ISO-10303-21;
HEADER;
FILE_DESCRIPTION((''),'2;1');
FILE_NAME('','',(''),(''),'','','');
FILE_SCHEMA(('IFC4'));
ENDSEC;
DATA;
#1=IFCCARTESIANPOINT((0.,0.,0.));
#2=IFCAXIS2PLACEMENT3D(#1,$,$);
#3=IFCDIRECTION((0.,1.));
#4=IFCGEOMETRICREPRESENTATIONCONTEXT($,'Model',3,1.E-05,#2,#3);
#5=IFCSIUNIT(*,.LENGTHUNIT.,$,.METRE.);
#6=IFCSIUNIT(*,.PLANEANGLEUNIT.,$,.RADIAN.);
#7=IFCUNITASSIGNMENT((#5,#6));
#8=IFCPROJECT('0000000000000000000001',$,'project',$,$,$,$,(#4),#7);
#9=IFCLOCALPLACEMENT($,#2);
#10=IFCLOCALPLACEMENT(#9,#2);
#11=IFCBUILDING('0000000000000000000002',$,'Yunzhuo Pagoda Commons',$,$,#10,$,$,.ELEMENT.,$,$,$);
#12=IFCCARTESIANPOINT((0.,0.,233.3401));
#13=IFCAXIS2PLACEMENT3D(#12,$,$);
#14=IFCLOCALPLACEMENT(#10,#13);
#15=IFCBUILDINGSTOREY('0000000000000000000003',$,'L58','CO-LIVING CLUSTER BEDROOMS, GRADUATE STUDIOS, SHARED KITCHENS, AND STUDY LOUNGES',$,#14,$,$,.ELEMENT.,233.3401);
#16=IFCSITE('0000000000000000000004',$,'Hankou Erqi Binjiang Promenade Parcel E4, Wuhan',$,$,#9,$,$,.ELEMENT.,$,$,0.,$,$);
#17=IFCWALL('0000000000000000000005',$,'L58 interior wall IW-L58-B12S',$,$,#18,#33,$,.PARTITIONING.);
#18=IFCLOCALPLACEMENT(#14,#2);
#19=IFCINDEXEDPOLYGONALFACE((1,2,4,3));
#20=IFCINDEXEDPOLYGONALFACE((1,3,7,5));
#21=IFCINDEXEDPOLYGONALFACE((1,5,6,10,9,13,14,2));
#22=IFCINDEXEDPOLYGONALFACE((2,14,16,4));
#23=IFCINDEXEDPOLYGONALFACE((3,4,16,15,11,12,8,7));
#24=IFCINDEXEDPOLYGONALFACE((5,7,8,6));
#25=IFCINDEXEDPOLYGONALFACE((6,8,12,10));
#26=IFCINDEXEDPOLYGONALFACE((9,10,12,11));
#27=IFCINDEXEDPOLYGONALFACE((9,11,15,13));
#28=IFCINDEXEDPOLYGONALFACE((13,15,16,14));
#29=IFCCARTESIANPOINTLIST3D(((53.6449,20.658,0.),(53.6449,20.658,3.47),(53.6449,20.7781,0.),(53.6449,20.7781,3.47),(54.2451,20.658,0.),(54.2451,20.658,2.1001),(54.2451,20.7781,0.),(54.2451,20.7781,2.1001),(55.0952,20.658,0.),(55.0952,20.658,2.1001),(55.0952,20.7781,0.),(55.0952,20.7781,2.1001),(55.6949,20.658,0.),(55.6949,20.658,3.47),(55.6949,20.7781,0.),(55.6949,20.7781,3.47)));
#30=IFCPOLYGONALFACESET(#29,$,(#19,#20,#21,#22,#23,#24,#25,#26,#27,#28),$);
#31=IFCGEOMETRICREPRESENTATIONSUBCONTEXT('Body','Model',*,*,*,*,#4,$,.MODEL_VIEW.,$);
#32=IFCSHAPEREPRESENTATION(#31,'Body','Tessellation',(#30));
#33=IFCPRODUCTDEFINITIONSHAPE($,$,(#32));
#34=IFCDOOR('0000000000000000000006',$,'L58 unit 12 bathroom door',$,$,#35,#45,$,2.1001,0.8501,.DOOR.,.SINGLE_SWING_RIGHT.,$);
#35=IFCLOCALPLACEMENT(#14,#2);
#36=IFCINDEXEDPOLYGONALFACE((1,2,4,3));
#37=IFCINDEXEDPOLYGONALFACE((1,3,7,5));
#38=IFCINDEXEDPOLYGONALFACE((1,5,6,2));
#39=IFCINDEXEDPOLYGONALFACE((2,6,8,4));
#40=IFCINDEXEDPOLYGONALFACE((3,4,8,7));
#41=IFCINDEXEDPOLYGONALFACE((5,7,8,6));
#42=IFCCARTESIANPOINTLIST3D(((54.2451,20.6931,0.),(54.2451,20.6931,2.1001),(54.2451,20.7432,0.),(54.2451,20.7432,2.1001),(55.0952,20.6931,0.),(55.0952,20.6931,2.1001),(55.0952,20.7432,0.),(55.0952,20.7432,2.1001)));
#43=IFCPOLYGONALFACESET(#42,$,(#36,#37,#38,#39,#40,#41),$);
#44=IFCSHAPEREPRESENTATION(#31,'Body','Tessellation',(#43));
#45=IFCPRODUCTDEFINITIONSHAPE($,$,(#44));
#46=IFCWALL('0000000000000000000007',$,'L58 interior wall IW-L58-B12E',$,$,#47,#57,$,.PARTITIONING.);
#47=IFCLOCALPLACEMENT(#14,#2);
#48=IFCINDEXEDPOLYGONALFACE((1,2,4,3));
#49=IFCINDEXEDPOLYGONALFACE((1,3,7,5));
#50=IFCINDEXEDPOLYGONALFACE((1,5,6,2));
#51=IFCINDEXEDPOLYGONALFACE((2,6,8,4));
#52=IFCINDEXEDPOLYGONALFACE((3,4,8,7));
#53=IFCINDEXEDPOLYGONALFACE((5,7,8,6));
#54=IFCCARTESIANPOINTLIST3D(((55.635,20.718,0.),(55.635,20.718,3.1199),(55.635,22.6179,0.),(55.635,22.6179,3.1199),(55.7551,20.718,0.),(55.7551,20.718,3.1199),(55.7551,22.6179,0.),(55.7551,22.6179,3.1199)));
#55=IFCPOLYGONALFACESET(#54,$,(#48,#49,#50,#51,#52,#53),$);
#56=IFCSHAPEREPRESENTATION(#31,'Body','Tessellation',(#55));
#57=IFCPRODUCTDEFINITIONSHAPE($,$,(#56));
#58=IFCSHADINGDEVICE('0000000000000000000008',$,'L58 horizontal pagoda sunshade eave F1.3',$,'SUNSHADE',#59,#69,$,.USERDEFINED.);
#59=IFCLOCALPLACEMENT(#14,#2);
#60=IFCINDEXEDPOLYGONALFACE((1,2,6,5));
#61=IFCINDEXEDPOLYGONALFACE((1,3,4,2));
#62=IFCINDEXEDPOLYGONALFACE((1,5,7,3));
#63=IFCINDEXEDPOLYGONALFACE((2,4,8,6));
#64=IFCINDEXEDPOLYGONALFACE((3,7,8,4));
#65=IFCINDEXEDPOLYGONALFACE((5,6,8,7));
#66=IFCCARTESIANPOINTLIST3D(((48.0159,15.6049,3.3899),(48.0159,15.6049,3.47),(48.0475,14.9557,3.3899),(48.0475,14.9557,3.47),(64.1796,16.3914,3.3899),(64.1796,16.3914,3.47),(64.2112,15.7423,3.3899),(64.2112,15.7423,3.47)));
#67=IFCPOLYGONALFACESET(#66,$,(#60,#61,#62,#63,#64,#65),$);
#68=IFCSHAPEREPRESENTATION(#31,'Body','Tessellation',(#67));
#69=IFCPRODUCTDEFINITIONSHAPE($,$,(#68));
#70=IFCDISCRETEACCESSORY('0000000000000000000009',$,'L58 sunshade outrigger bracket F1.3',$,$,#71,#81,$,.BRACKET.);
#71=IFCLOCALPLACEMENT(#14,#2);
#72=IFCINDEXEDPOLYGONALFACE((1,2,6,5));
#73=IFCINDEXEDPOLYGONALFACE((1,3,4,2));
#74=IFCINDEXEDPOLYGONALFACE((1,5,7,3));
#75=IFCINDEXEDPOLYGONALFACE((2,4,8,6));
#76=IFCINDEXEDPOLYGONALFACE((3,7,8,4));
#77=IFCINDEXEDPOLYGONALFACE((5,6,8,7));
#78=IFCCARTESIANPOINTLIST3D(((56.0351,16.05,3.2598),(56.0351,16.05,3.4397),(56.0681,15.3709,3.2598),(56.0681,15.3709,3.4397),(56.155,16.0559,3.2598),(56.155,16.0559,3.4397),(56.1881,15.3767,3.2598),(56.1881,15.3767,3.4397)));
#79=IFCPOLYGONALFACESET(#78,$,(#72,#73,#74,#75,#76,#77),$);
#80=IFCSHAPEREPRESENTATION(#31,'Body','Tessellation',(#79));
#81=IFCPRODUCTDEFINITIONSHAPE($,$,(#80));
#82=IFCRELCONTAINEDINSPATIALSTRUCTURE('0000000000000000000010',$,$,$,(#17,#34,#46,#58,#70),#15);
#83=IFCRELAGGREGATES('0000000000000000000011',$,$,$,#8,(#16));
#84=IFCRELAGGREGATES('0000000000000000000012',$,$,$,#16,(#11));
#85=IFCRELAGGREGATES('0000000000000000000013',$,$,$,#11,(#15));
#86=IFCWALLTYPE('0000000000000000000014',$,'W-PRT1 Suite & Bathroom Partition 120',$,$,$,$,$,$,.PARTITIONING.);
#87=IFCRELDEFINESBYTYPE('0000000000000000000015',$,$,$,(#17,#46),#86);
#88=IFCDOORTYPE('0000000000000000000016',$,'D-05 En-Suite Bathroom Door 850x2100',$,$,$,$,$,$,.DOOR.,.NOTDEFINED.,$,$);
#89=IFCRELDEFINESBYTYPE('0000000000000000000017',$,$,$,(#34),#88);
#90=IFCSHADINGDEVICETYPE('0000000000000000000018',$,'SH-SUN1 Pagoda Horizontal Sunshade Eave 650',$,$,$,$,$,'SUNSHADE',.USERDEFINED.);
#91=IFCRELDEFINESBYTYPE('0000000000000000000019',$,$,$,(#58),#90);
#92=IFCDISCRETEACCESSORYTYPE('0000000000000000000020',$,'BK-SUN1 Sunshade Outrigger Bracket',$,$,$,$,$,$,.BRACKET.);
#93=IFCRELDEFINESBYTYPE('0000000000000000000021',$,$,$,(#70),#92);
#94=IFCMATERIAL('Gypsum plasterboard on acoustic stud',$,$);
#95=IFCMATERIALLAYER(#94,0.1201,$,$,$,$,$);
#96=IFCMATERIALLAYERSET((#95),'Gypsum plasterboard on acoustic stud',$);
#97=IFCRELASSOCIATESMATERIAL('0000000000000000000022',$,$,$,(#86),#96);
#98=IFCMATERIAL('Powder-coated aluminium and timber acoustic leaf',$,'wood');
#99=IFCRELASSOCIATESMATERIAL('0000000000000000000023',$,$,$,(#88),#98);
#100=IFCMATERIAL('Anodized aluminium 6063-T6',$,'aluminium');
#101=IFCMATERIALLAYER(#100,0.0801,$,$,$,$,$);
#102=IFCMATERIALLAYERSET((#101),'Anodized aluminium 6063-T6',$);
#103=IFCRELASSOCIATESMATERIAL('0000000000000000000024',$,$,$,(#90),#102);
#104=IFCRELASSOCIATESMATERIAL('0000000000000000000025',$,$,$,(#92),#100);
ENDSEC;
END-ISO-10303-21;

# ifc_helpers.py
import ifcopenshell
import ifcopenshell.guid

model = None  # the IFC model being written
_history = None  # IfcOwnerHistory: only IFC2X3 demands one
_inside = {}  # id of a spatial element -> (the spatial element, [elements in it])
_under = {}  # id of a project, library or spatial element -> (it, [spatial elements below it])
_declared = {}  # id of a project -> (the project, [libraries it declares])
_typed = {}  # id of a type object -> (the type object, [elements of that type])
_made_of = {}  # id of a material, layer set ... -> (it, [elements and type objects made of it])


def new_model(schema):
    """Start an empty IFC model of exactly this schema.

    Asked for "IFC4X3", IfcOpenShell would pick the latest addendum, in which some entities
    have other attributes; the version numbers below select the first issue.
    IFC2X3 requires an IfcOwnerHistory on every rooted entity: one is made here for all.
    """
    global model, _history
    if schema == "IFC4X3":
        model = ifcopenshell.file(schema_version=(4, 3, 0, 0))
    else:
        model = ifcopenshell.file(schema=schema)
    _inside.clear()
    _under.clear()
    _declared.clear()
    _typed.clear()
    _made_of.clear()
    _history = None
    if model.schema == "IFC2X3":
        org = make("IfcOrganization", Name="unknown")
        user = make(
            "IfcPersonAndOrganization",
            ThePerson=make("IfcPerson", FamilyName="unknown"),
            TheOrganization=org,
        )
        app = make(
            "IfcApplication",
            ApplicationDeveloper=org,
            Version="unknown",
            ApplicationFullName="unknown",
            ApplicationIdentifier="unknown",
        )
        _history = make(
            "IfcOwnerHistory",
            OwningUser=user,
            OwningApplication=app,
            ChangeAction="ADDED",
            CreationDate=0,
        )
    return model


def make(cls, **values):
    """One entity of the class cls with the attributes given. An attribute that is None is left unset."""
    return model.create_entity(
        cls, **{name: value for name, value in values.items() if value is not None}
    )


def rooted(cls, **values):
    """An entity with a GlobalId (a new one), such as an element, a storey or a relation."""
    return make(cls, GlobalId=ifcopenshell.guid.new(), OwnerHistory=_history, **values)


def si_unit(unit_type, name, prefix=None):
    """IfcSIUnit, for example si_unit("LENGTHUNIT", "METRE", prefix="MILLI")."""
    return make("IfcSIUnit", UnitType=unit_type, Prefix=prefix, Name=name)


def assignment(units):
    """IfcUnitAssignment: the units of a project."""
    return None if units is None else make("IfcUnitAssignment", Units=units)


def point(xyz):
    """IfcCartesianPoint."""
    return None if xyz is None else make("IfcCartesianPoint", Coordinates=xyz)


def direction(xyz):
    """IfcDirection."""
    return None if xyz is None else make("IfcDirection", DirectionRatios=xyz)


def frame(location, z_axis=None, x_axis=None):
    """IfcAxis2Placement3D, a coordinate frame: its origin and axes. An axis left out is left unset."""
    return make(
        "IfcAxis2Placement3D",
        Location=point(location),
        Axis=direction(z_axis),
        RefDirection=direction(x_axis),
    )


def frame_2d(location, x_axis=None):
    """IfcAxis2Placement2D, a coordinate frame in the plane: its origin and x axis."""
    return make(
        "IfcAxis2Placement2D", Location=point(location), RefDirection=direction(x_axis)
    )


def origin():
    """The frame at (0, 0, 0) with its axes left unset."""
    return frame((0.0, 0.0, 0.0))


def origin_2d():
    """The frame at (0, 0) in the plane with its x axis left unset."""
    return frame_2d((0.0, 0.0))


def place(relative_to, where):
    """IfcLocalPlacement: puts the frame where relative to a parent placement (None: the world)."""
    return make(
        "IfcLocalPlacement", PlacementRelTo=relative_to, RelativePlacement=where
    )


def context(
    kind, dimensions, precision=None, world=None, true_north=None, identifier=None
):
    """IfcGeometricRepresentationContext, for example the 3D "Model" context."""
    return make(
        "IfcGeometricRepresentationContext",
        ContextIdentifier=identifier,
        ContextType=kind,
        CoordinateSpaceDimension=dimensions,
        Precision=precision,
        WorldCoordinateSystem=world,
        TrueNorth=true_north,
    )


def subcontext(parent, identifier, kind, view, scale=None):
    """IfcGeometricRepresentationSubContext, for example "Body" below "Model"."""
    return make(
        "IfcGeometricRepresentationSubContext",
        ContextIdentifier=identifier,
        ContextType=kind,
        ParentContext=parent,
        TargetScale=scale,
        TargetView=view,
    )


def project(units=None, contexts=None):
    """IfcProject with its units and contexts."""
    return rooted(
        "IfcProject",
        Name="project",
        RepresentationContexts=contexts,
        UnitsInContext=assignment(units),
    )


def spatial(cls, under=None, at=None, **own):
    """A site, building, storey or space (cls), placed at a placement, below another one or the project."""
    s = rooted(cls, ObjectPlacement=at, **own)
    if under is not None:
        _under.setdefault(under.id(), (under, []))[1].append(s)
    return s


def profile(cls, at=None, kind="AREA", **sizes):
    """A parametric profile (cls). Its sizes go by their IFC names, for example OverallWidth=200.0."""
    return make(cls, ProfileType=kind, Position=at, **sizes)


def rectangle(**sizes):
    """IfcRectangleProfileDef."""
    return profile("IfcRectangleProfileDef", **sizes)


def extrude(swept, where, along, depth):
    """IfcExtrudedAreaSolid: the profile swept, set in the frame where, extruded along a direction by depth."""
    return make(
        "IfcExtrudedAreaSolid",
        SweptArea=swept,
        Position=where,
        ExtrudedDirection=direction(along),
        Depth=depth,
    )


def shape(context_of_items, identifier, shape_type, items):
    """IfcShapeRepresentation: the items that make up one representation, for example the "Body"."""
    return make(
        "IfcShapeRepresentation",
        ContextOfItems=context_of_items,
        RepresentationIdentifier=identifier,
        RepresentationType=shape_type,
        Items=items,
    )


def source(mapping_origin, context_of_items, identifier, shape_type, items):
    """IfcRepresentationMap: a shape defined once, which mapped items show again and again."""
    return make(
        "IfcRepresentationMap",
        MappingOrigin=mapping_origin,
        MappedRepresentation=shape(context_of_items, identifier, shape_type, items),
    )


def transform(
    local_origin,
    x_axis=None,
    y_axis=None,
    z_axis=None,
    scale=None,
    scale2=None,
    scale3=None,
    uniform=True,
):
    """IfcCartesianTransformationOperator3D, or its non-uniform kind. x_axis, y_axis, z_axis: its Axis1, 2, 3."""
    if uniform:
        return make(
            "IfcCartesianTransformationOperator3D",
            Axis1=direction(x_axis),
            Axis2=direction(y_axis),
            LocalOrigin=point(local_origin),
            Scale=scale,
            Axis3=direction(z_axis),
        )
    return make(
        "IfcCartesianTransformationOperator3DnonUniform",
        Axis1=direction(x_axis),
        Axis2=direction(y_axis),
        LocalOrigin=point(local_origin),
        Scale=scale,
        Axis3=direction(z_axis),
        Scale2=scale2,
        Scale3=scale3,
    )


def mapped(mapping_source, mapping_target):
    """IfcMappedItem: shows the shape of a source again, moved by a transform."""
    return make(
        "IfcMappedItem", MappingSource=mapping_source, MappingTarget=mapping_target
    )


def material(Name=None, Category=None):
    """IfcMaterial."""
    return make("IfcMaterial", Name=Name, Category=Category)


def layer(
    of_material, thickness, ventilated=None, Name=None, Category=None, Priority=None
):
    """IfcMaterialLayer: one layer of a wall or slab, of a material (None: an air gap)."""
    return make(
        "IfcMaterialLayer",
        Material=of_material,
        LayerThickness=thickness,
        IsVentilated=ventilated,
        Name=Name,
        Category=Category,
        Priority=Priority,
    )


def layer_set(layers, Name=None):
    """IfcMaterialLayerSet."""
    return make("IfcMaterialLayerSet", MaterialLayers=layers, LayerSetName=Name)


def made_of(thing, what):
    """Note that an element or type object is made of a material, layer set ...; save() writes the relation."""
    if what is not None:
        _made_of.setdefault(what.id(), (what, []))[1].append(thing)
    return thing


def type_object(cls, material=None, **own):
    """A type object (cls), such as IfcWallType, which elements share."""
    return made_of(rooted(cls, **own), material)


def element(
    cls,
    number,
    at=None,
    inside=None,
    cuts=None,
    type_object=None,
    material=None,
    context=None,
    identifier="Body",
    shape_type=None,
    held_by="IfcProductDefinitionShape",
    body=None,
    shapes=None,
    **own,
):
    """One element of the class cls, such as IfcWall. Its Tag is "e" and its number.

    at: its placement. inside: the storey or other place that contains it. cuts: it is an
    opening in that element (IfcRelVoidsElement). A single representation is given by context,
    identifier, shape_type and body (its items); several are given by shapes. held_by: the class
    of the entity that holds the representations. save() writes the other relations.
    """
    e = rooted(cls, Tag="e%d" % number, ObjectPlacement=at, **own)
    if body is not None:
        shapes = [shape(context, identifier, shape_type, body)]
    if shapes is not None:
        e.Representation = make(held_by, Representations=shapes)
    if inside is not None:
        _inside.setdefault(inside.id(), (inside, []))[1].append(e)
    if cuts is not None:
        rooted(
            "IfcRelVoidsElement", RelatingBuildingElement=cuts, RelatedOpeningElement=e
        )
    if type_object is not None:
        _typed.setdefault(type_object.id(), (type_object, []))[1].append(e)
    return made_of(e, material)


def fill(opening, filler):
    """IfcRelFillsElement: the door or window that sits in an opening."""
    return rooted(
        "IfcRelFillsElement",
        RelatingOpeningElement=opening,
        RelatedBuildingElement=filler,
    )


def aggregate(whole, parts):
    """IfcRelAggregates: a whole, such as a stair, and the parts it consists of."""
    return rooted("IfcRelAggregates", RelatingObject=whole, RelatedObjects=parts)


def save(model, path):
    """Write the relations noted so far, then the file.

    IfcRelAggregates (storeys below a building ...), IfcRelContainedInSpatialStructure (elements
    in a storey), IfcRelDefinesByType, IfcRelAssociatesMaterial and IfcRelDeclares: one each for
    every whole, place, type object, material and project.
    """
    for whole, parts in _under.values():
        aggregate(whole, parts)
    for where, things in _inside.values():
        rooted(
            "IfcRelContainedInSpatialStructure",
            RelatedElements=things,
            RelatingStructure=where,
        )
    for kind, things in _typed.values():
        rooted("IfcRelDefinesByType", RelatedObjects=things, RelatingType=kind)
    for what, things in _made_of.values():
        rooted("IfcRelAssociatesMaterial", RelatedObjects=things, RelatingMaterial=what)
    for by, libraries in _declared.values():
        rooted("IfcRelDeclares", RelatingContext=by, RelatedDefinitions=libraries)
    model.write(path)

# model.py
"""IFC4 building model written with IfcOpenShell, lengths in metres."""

from ifc_helpers import new_model, si_unit, direction, frame, frame_2d, origin, origin_2d, place, context, subcontext, project, spatial, rectangle, extrude, source, transform, mapped, material, layer, layer_set, type_object, element, fill, save


model = new_model("IFC4")

# Units and contexts
model_context = context("Model", 3, precision=1e-05, world=origin(), true_north=direction((0.0, 1.0)))
body_context = subcontext(model_context, "Body", "Model", "MODEL_VIEW")
ifc_project = project(units=[si_unit("LENGTHUNIT", "METRE"), si_unit("PLANEANGLEUNIT", "RADIAN")], contexts=[model_context])

# Site, building, storey
site_placement = place(None, origin())
site = spatial("IfcSite", under=ifc_project, at=site_placement, Name="Hankou Erqi Binjiang Promenade Parcel E4, Wuhan", CompositionType="ELEMENT", RefElevation=0.0)
building_placement = place(site_placement, origin())
building = spatial("IfcBuilding", under=site, at=building_placement, Name="Yunzhuo Pagoda Commons", CompositionType="ELEMENT")
storey_placement = place(building_placement, frame((0.0, 0.0, 233.3401)))
storey = spatial("IfcBuildingStorey", under=building, at=storey_placement, Name="L58", Description="CO-LIVING CLUSTER BEDROOMS, GRADUATE STUDIOS, SHARED KITCHENS, AND STUDY LOUNGES", CompositionType="ELEMENT", Elevation=233.3401)

# Shared definitions
ifc_material_1 = material(Name="Anodized aluminium 6063-T6", Category="aluminium")

# Shared definitions
ifc_material_2 = material(Name="Gypsum plasterboard on acoustic stud")
ifc_layer_1 = layer(ifc_material_2, 0.1201)
ifc_layer_set_1 = layer_set([ifc_layer_1], Name="Gypsum plasterboard on acoustic stud")
wall_type = type_object("IfcWallType", Name="W-PRT1 Suite & Bathroom Partition 120", PredefinedType="PARTITIONING", material=ifc_layer_set_1)
ifc_material_3 = material(Name="Powder-coated aluminium and timber acoustic leaf", Category="wood")
door_type = type_object("IfcDoorType", Name="D-05 En-Suite Bathroom Door 850x2100", OperationType="NOTDEFINED", PredefinedType="DOOR", material=ifc_material_3)
shared_shape_1 = source(origin(), body_context, "Body", "SweptSolid", [
    extrude(rectangle(XDim=0.8501, YDim=2.1001, at=frame_2d((0.425, 1.05))), frame((0.0, 0.0249, 0.0), z_axis=(0.0, -1.0, 0.0), x_axis=(1.0, 0.0, 0.0)), (0.0, 0.0, 1.0), 0.05),
])

# Wall, opening, door
wall_1_placement = place(storey_placement, frame((53.645, 20.718, 0.0), z_axis=(0.0, 0.0, 1.0), x_axis=(1.0, 0.0, 0.0)))
wall_1 = element("IfcWall", 1, at=wall_1_placement, inside=storey, type_object=wall_type, Name="L58 interior wall IW-L58-B12S", PredefinedType="PARTITIONING", context=body_context, shape_type="SweptSolid", body=[
    extrude(rectangle(XDim=2.05, YDim=0.1201, at=frame_2d((1.0249, 0.0))), origin(), (0.0, 0.0, 1.0), 3.47),
])
opening_1_placement = place(wall_1_placement, frame((0.6001, 0.0, 0.0)))
opening_1 = element("IfcOpeningElement", 2, at=opening_1_placement, cuts=wall_1, PredefinedType="OPENING", context=body_context, shape_type="SweptSolid", body=[
    extrude(rectangle(XDim=0.8501, YDim=2.1001, at=frame_2d((0.425, 1.05))), frame((0.0, 0.0701, 0.0), z_axis=(0.0, -1.0, 0.0), x_axis=(1.0, 0.0, 0.0)), (0.0, 0.0, 1.0), 0.1401),
])
door_1_placement = place(opening_1_placement, frame((0.8501, 0.0, 0.0), z_axis=(0.0, 0.0, 1.0), x_axis=(-1.0, 0.0, 0.0)))
door_1 = element("IfcDoor", 3, at=door_1_placement, inside=storey, type_object=door_type, Name="L58 unit 12 bathroom door", OperationType="SINGLE_SWING_RIGHT", OverallHeight=2.1001, OverallWidth=0.8501, PredefinedType="DOOR", context=body_context, shape_type="MappedRepresentation", body=[
    mapped(shared_shape_1, transform((0.0, 0.0, 0.0), scale=1.0)),
])
fill(opening_1, door_1)

# Wall
wall_2_placement = place(storey_placement, frame((55.6951, 20.718, 0.0), z_axis=(0.0, 0.0, 1.0), x_axis=(0.0, 1.0, 0.0)))
element("IfcWall", 4, at=wall_2_placement, inside=storey, type_object=wall_type, Name="L58 interior wall IW-L58-B12E", PredefinedType="PARTITIONING", context=body_context, shape_type="SweptSolid", body=[
    extrude(rectangle(XDim=1.8999, YDim=0.1201, at=frame_2d((0.95, 0.0))), origin(), (0.0, 0.0, 1.0), 3.1199),
])

# Shading device
ifc_layer_2 = layer(ifc_material_1, 0.0801)
ifc_layer_set_2 = layer_set([ifc_layer_2], Name="Anodized aluminium 6063-T6")
shading_device_type = type_object("IfcShadingDeviceType", Name="SH-SUN1 Pagoda Horizontal Sunshade Eave 650", ElementType="SUNSHADE", PredefinedType="USERDEFINED", material=ifc_layer_set_2)
shared_shape_2 = source(origin(), body_context, "Body", "SweptSolid", [
    extrude(rectangle(XDim=16.1829, YDim=0.6499, at=origin_2d()), origin(), (0.0, 0.0, 1.0), 0.0801),
])
shading_device_placement = place(storey_placement, frame((56.1135, 15.6736, 3.3899), z_axis=(0.0, 0.0, 1.0), x_axis=(0.998818, 0.048606, 0.0)))
element("IfcShadingDevice", 5, at=shading_device_placement, inside=storey, type_object=shading_device_type, Name="L58 horizontal pagoda sunshade eave F1.3", ObjectType="SUNSHADE", PredefinedType="USERDEFINED", context=body_context, shape_type="MappedRepresentation", body=[
    mapped(shared_shape_2, transform((0.0, 0.0, 0.0), scale=1.0)),
])

# Discrete accessory
discrete_accessory_type = type_object("IfcDiscreteAccessoryType", Name="BK-SUN1 Sunshade Outrigger Bracket", PredefinedType="BRACKET", material=ifc_material_1)
shared_shape_3 = source(origin(), body_context, "Body", "SweptSolid", [
    extrude(rectangle(XDim=0.1201, YDim=0.6799, at=origin_2d()), origin(), (0.0, 0.0, 1.0), 0.1799),
])
discrete_accessory_placement = place(storey_placement, frame((56.1116, 15.7134, 3.2598), z_axis=(0.0, 0.0, 1.0), x_axis=(0.998818, 0.048606, 0.0)))
element("IfcDiscreteAccessory", 6, at=discrete_accessory_placement, inside=storey, type_object=discrete_accessory_type, Name="L58 sunshade outrigger bracket F1.3", PredefinedType="BRACKET", context=body_context, shape_type="MappedRepresentation", body=[
    mapped(shared_shape_3, transform((0.0, 0.0, 0.0), scale=1.0)),
])

save(model, "model.ifc")
